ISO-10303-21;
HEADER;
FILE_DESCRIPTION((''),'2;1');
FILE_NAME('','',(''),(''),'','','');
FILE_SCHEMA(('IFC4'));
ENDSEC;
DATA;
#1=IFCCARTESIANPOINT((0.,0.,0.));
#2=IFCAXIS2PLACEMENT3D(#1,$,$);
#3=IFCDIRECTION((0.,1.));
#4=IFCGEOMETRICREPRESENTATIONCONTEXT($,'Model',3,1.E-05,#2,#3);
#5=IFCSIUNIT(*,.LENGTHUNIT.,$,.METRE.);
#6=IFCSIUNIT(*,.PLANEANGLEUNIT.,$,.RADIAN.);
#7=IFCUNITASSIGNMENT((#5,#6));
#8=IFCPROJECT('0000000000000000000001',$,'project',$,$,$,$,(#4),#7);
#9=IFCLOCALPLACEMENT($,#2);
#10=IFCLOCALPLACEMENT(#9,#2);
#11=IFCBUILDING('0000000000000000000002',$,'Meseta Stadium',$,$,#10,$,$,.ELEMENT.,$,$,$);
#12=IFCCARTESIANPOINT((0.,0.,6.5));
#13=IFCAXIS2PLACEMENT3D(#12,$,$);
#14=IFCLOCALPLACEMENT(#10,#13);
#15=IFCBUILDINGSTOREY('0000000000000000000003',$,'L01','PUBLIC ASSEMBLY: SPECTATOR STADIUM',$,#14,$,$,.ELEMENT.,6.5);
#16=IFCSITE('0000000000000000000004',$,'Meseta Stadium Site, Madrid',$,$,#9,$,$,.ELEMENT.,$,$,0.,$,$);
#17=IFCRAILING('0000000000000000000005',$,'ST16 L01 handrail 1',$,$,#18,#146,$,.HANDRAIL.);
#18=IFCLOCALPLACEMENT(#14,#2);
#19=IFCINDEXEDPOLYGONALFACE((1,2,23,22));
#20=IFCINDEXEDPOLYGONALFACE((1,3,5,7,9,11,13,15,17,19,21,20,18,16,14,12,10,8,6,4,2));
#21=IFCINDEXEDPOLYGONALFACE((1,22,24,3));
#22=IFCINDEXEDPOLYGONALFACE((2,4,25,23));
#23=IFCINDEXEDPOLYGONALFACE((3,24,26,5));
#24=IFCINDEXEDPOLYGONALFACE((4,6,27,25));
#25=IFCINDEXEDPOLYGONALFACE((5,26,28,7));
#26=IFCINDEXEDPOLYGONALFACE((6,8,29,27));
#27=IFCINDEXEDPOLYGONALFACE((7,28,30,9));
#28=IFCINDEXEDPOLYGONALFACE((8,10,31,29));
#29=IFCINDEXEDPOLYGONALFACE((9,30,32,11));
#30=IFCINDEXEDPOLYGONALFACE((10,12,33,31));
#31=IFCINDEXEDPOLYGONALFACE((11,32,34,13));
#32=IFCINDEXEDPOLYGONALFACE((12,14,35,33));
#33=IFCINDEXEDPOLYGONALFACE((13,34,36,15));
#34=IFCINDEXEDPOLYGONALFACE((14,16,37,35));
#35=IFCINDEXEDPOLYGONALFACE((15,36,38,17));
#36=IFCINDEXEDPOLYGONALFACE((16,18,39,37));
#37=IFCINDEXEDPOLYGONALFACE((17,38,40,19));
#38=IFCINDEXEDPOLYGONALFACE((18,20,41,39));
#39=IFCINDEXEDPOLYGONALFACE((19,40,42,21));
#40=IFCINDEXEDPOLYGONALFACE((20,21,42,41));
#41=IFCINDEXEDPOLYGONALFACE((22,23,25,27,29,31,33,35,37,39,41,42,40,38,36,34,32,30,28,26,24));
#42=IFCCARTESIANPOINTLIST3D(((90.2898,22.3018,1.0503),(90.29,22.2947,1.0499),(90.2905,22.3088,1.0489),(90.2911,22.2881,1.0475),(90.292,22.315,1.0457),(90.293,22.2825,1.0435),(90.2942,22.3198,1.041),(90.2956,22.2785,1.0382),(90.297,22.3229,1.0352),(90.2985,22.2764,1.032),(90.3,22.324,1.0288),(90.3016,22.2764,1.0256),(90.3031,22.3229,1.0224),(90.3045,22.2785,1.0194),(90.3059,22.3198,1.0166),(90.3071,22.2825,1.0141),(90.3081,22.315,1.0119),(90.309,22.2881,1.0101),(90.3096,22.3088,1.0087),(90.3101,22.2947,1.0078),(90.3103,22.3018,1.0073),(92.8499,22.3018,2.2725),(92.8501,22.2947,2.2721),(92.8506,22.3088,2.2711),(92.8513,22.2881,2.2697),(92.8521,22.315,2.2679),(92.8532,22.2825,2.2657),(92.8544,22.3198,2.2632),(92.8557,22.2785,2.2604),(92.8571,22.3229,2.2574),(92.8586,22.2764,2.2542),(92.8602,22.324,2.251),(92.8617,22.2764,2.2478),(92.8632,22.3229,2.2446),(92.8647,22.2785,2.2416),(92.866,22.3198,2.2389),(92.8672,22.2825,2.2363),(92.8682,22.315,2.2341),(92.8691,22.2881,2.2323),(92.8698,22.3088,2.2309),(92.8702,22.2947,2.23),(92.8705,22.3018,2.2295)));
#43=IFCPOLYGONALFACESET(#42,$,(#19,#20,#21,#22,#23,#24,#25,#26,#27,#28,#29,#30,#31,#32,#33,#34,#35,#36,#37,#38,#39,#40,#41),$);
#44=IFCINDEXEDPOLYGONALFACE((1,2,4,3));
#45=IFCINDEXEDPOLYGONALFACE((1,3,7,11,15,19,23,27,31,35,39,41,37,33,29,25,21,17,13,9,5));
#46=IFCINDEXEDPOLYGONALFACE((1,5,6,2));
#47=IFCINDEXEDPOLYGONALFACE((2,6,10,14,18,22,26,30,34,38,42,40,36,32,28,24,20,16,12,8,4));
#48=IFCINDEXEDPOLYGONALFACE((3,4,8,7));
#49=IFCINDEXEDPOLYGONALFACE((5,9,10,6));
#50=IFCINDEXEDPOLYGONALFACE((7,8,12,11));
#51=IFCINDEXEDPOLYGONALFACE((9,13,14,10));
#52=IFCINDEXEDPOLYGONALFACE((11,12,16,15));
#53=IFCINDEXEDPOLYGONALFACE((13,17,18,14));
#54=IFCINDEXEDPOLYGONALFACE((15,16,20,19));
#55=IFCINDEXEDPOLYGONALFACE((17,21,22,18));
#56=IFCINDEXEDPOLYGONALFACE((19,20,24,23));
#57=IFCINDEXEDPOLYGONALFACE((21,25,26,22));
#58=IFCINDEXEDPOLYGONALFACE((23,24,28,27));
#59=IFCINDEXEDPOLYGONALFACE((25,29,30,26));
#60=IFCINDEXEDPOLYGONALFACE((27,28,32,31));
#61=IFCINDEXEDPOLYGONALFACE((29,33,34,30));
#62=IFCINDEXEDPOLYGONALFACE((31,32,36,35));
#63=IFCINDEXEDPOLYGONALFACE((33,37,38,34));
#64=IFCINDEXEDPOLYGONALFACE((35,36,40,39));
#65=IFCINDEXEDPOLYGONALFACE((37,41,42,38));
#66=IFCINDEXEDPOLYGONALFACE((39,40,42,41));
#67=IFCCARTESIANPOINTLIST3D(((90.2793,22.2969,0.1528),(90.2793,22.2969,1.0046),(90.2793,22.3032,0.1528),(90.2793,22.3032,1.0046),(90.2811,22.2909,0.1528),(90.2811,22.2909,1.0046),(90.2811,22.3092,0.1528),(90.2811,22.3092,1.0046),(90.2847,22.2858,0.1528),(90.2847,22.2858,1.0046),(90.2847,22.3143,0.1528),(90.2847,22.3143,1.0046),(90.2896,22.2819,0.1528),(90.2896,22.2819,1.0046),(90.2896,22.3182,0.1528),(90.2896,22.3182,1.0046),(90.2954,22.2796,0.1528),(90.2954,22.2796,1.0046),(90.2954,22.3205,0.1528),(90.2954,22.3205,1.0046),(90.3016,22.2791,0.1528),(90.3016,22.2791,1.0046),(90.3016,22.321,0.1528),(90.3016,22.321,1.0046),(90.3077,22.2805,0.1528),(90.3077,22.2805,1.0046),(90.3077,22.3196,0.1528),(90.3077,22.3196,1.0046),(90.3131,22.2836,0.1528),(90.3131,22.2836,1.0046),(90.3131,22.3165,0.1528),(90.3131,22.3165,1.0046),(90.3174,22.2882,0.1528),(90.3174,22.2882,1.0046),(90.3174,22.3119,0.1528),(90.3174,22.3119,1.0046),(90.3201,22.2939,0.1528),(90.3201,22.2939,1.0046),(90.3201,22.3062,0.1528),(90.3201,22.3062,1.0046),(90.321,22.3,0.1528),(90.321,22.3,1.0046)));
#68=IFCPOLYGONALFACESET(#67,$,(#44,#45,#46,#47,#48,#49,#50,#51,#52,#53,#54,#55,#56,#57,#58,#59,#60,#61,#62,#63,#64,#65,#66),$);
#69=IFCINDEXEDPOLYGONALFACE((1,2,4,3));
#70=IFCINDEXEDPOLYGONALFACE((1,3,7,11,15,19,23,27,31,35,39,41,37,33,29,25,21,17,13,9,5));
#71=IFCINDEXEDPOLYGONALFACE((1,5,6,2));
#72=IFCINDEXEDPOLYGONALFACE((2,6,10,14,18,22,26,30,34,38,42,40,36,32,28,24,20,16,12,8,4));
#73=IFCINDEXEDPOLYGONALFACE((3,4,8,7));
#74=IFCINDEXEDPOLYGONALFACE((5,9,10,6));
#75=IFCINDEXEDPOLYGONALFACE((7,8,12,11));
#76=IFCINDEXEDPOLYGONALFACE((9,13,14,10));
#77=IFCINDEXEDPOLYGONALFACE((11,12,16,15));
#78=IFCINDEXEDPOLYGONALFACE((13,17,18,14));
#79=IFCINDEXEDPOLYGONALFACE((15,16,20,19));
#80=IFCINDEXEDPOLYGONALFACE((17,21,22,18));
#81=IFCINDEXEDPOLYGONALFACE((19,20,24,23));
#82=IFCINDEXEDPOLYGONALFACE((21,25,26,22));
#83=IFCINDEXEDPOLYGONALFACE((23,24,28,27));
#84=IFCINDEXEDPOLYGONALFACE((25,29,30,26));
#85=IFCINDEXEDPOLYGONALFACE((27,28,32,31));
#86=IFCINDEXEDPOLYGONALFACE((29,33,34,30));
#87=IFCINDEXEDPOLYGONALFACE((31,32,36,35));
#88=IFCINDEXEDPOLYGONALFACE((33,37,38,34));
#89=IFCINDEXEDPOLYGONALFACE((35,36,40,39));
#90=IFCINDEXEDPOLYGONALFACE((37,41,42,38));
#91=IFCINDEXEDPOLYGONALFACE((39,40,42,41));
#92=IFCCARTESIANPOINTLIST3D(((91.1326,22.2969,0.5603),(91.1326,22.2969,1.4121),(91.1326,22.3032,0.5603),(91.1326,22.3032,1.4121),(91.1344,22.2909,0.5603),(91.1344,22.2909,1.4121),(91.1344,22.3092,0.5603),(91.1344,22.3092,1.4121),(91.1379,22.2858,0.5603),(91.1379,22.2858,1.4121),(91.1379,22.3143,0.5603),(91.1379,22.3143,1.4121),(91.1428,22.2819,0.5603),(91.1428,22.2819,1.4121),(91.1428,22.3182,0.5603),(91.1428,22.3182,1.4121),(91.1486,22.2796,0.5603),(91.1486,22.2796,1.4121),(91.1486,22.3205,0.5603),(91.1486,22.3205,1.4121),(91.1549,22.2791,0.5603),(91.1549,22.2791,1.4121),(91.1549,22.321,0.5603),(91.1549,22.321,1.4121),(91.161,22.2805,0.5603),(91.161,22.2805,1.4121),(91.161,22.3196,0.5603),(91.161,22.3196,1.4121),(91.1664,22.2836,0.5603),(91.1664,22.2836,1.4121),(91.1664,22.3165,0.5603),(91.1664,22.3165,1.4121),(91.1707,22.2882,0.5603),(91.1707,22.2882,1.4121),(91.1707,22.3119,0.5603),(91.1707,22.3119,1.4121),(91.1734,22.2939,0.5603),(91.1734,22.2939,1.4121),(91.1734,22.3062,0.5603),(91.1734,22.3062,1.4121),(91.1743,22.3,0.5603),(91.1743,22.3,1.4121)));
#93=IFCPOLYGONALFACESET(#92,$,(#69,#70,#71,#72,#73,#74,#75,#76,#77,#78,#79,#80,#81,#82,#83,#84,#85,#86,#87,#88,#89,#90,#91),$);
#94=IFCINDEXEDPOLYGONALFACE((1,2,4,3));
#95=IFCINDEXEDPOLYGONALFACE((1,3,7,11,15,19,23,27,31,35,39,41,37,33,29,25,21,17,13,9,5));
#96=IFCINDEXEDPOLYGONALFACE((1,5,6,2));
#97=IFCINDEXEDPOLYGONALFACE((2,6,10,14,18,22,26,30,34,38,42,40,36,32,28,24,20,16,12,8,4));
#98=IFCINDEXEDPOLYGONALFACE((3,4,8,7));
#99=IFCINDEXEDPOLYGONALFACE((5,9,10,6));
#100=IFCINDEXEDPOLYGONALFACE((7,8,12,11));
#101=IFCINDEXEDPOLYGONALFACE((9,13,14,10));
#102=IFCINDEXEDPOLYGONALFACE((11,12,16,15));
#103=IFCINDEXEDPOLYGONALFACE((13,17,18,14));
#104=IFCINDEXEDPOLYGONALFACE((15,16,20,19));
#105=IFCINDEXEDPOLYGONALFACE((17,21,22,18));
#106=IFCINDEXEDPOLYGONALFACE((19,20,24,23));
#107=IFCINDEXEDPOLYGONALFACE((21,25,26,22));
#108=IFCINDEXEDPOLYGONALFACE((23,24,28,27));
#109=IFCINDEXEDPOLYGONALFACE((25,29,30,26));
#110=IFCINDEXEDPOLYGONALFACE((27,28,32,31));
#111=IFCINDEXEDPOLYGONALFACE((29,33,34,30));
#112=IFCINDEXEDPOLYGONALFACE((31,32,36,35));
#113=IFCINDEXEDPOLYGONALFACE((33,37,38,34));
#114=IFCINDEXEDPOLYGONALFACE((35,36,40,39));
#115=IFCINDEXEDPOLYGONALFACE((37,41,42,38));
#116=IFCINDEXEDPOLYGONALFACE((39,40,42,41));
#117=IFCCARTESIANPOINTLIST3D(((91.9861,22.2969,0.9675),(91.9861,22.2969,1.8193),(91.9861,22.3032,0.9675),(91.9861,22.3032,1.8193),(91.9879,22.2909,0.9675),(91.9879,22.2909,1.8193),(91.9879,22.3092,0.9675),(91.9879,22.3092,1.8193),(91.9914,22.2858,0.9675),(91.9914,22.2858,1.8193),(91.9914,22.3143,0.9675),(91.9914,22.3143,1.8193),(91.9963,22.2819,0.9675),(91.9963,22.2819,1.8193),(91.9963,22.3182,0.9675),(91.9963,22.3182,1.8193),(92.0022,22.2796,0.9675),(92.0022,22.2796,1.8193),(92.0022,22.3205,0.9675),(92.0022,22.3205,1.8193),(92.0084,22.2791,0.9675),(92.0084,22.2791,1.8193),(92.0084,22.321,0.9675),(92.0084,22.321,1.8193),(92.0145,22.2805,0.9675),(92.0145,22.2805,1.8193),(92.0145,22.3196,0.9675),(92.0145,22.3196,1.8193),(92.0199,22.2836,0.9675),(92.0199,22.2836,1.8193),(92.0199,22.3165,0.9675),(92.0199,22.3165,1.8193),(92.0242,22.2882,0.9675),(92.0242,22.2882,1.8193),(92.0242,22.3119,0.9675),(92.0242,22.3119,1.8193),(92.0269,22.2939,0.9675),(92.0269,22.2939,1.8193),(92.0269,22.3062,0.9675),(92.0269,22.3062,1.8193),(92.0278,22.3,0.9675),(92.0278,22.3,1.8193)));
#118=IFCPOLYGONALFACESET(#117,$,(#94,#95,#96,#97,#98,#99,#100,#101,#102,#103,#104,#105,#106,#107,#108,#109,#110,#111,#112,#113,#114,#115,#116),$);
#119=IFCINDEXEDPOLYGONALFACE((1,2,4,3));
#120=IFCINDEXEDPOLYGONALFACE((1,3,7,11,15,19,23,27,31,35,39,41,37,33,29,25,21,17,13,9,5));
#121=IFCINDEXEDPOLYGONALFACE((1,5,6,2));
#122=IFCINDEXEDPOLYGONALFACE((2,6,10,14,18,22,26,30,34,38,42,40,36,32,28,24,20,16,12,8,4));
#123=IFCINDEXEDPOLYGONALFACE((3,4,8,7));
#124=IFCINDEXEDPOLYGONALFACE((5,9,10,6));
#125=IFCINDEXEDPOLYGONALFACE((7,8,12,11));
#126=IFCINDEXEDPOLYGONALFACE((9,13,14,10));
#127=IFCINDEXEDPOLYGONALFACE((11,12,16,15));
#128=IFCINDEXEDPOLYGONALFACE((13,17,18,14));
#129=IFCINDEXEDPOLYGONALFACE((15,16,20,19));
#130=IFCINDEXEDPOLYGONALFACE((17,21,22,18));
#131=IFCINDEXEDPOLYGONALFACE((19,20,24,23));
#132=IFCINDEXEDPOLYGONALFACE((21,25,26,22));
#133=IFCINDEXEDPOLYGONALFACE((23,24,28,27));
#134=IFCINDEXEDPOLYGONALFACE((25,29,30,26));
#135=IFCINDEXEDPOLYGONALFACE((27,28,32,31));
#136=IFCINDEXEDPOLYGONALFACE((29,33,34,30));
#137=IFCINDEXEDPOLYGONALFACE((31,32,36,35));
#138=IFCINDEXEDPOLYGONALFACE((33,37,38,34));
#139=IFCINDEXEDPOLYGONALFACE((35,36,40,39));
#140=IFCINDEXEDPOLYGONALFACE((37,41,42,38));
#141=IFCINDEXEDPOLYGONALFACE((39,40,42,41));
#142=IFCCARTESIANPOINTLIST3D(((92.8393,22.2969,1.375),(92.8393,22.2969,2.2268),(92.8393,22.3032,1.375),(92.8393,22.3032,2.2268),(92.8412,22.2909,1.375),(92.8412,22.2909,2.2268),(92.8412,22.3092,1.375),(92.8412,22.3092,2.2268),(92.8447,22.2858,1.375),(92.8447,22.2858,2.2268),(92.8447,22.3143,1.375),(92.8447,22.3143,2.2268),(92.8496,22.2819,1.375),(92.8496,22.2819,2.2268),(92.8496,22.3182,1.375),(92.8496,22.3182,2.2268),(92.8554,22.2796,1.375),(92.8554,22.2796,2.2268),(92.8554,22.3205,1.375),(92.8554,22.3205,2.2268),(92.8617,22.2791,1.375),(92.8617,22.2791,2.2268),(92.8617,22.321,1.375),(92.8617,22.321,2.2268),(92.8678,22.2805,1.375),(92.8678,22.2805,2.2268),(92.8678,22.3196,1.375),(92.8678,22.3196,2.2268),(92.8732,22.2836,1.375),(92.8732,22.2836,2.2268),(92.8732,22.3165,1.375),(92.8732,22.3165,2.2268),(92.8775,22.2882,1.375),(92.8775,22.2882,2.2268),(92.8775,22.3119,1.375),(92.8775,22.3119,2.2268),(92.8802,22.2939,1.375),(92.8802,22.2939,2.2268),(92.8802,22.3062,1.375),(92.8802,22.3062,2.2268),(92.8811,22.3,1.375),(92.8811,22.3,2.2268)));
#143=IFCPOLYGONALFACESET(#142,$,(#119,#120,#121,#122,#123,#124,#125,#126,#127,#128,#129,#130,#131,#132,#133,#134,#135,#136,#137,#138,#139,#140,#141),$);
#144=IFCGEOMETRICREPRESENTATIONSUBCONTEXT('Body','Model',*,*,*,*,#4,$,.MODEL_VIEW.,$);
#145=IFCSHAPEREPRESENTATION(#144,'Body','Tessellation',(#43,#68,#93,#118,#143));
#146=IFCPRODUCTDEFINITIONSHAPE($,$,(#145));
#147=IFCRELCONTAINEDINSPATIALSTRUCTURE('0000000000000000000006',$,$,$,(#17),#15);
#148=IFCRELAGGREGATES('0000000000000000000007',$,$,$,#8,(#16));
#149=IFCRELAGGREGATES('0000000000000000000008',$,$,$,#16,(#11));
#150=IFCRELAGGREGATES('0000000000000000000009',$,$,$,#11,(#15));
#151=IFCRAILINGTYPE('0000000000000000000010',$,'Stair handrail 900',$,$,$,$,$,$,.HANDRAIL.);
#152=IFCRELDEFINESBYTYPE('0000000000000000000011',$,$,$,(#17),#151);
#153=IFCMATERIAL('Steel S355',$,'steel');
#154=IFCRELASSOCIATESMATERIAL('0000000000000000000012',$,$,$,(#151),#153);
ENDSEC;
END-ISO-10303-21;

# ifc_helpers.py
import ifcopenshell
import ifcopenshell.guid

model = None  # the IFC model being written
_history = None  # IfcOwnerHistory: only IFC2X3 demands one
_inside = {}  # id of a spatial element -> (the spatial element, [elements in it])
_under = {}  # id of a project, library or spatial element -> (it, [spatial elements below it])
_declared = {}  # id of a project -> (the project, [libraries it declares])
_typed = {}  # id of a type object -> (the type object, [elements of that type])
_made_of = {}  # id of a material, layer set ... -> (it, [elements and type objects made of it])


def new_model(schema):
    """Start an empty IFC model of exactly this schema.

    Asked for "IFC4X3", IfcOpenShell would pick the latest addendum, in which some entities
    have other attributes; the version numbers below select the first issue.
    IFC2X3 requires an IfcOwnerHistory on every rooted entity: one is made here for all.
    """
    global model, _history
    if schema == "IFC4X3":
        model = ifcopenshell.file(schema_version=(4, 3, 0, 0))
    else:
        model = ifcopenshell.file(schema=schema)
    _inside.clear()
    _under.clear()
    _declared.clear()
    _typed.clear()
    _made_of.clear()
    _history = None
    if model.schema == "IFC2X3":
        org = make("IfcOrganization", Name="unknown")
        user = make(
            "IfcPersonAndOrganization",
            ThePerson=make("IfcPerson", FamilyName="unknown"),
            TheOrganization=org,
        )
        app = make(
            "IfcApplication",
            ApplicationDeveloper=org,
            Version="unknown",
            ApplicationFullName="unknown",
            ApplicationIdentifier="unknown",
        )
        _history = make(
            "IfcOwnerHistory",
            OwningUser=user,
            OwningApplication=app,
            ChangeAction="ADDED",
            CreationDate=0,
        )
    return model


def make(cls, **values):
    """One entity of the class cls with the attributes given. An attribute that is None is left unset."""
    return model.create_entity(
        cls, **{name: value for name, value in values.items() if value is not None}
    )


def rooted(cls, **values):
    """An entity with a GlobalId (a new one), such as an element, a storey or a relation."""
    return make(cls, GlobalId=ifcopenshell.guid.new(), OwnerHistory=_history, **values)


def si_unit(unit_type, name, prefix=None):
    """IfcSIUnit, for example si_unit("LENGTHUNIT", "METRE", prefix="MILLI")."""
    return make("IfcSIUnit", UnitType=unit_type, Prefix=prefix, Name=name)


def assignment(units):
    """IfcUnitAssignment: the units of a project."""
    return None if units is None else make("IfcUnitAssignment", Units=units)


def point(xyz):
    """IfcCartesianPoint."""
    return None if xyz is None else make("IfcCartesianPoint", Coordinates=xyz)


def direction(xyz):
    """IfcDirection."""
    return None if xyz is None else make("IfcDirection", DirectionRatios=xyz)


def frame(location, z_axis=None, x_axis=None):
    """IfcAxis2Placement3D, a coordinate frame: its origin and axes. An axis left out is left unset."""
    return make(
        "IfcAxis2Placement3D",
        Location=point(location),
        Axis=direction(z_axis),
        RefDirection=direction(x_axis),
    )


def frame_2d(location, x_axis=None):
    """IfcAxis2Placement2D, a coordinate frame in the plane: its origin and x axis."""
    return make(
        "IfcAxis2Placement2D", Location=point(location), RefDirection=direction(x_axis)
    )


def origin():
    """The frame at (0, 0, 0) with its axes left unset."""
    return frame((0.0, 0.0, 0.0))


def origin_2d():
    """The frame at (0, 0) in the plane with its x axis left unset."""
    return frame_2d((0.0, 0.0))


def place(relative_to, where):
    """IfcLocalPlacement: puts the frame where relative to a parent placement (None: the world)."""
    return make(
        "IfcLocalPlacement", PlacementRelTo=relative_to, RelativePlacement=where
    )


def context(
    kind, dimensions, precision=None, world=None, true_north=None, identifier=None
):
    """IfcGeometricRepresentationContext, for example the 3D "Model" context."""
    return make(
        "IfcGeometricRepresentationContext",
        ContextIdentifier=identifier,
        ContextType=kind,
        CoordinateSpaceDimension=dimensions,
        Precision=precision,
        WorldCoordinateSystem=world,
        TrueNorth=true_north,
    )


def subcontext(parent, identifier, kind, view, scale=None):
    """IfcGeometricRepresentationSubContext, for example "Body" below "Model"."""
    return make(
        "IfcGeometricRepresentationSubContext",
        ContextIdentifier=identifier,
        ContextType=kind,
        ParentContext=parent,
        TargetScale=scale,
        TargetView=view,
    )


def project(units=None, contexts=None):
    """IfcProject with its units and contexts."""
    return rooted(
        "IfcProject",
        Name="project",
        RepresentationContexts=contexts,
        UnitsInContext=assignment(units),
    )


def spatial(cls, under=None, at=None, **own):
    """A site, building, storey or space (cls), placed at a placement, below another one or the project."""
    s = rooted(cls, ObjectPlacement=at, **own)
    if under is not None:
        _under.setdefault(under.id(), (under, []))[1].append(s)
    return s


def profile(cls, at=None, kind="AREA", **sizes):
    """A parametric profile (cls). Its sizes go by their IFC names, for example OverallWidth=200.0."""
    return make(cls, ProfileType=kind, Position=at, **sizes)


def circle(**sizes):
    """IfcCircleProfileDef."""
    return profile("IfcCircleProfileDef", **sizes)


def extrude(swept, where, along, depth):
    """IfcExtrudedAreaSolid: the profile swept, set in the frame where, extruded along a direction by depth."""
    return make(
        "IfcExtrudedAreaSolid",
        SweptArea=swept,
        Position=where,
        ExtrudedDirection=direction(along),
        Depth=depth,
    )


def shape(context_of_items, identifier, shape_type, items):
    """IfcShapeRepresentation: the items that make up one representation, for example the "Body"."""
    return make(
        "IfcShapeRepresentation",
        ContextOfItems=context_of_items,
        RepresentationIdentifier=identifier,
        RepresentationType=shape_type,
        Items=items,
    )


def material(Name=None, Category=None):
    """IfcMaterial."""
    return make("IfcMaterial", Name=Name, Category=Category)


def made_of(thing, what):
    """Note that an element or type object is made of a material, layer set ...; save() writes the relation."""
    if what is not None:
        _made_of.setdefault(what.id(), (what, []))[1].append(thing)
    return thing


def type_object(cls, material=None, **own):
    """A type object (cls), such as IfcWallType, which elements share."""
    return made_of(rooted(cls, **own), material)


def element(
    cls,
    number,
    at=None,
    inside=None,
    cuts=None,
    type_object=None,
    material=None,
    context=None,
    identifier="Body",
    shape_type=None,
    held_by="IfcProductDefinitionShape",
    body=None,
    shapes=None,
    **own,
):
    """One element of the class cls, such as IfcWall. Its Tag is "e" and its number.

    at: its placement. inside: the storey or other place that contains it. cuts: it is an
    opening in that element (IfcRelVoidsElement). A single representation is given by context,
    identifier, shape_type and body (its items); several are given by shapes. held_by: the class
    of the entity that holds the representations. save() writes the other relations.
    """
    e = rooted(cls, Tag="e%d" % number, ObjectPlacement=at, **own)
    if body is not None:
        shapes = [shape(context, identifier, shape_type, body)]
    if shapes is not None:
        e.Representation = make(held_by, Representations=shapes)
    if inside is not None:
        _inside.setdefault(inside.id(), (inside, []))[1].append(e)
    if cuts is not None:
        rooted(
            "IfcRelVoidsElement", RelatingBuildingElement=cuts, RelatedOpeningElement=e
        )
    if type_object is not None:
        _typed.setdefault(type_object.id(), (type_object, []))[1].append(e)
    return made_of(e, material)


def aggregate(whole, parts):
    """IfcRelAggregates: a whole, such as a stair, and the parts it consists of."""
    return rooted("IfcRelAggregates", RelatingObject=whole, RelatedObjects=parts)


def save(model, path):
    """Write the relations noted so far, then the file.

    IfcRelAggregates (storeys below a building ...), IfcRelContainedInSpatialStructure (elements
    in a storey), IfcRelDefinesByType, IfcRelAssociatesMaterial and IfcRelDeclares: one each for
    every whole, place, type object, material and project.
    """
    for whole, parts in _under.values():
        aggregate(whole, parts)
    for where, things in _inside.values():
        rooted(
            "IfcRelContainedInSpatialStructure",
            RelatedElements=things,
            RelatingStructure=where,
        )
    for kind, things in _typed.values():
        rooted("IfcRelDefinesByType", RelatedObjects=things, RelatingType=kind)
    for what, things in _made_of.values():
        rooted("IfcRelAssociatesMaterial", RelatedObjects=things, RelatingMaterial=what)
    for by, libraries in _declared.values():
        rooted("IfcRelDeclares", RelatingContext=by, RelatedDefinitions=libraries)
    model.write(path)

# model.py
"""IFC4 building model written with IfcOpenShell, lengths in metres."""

from ifc_helpers import new_model, si_unit, direction, frame, origin, origin_2d, place, context, subcontext, project, spatial, circle, extrude, material, type_object, element, save


model = new_model("IFC4")

# Units and contexts
model_context = context("Model", 3, precision=1e-05, world=origin(), true_north=direction((0.0, 1.0)))
body_context = subcontext(model_context, "Body", "Model", "MODEL_VIEW")
ifc_project = project(units=[si_unit("LENGTHUNIT", "METRE"), si_unit("PLANEANGLEUNIT", "RADIAN")], contexts=[model_context])

# Site, building, storey
site_placement = place(None, origin())
site = spatial("IfcSite", under=ifc_project, at=site_placement, Name="Meseta Stadium Site, Madrid", CompositionType="ELEMENT", RefElevation=0.0)
building_placement = place(site_placement, origin())
building = spatial("IfcBuilding", under=site, at=building_placement, Name="Meseta Stadium", CompositionType="ELEMENT")
storey_placement = place(building_placement, frame((0.0, 0.0, 6.5)))
storey = spatial("IfcBuildingStorey", under=building, at=storey_placement, Name="L01", Description="PUBLIC ASSEMBLY: SPECTATOR STADIUM", CompositionType="ELEMENT", Elevation=6.5)

# Railing
ifc_material_1 = material(Name="Steel S355", Category="steel")
railing_type_1 = type_object("IfcRailingType", Name="Stair handrail 900", PredefinedType="HANDRAIL", material=ifc_material_1)
for number, where, name in (
    (1, (90.3, 22.3, 0.1528), "ST16 L01 handrail 1"),
):
    element("IfcRailing", number, at=place(storey_placement, frame(where)), inside=storey, type_object=railing_type_1, Name=name, PredefinedType="HANDRAIL", context=body_context, shape_type="SweptSolid", body=[
        extrude(circle(Radius=0.0239, at=origin_2d()), frame((0.0, 0.0, 0.876), z_axis=(0.902437, 0.0, 0.430822), x_axis=(0.0, 1.0, 0.0)), (0.0, 0.0, 1.0), 2.8369),
        extrude(circle(Radius=0.021, at=origin_2d()), origin(), (0.0, 0.0, 1.0), 0.8518),
        extrude(circle(Radius=0.021, at=origin_2d()), frame((0.8533, 0.0, 0.4075)), (0.0, 0.0, 1.0), 0.8518),
        extrude(circle(Radius=0.021, at=origin_2d()), frame((1.7068, 0.0, 0.8147)), (0.0, 0.0, 1.0), 0.8518),
        extrude(circle(Radius=0.021, at=origin_2d()), frame((2.5601, 0.0, 1.2222)), (0.0, 0.0, 1.0), 0.8518),
    ])

save(model, "model.ifc")
